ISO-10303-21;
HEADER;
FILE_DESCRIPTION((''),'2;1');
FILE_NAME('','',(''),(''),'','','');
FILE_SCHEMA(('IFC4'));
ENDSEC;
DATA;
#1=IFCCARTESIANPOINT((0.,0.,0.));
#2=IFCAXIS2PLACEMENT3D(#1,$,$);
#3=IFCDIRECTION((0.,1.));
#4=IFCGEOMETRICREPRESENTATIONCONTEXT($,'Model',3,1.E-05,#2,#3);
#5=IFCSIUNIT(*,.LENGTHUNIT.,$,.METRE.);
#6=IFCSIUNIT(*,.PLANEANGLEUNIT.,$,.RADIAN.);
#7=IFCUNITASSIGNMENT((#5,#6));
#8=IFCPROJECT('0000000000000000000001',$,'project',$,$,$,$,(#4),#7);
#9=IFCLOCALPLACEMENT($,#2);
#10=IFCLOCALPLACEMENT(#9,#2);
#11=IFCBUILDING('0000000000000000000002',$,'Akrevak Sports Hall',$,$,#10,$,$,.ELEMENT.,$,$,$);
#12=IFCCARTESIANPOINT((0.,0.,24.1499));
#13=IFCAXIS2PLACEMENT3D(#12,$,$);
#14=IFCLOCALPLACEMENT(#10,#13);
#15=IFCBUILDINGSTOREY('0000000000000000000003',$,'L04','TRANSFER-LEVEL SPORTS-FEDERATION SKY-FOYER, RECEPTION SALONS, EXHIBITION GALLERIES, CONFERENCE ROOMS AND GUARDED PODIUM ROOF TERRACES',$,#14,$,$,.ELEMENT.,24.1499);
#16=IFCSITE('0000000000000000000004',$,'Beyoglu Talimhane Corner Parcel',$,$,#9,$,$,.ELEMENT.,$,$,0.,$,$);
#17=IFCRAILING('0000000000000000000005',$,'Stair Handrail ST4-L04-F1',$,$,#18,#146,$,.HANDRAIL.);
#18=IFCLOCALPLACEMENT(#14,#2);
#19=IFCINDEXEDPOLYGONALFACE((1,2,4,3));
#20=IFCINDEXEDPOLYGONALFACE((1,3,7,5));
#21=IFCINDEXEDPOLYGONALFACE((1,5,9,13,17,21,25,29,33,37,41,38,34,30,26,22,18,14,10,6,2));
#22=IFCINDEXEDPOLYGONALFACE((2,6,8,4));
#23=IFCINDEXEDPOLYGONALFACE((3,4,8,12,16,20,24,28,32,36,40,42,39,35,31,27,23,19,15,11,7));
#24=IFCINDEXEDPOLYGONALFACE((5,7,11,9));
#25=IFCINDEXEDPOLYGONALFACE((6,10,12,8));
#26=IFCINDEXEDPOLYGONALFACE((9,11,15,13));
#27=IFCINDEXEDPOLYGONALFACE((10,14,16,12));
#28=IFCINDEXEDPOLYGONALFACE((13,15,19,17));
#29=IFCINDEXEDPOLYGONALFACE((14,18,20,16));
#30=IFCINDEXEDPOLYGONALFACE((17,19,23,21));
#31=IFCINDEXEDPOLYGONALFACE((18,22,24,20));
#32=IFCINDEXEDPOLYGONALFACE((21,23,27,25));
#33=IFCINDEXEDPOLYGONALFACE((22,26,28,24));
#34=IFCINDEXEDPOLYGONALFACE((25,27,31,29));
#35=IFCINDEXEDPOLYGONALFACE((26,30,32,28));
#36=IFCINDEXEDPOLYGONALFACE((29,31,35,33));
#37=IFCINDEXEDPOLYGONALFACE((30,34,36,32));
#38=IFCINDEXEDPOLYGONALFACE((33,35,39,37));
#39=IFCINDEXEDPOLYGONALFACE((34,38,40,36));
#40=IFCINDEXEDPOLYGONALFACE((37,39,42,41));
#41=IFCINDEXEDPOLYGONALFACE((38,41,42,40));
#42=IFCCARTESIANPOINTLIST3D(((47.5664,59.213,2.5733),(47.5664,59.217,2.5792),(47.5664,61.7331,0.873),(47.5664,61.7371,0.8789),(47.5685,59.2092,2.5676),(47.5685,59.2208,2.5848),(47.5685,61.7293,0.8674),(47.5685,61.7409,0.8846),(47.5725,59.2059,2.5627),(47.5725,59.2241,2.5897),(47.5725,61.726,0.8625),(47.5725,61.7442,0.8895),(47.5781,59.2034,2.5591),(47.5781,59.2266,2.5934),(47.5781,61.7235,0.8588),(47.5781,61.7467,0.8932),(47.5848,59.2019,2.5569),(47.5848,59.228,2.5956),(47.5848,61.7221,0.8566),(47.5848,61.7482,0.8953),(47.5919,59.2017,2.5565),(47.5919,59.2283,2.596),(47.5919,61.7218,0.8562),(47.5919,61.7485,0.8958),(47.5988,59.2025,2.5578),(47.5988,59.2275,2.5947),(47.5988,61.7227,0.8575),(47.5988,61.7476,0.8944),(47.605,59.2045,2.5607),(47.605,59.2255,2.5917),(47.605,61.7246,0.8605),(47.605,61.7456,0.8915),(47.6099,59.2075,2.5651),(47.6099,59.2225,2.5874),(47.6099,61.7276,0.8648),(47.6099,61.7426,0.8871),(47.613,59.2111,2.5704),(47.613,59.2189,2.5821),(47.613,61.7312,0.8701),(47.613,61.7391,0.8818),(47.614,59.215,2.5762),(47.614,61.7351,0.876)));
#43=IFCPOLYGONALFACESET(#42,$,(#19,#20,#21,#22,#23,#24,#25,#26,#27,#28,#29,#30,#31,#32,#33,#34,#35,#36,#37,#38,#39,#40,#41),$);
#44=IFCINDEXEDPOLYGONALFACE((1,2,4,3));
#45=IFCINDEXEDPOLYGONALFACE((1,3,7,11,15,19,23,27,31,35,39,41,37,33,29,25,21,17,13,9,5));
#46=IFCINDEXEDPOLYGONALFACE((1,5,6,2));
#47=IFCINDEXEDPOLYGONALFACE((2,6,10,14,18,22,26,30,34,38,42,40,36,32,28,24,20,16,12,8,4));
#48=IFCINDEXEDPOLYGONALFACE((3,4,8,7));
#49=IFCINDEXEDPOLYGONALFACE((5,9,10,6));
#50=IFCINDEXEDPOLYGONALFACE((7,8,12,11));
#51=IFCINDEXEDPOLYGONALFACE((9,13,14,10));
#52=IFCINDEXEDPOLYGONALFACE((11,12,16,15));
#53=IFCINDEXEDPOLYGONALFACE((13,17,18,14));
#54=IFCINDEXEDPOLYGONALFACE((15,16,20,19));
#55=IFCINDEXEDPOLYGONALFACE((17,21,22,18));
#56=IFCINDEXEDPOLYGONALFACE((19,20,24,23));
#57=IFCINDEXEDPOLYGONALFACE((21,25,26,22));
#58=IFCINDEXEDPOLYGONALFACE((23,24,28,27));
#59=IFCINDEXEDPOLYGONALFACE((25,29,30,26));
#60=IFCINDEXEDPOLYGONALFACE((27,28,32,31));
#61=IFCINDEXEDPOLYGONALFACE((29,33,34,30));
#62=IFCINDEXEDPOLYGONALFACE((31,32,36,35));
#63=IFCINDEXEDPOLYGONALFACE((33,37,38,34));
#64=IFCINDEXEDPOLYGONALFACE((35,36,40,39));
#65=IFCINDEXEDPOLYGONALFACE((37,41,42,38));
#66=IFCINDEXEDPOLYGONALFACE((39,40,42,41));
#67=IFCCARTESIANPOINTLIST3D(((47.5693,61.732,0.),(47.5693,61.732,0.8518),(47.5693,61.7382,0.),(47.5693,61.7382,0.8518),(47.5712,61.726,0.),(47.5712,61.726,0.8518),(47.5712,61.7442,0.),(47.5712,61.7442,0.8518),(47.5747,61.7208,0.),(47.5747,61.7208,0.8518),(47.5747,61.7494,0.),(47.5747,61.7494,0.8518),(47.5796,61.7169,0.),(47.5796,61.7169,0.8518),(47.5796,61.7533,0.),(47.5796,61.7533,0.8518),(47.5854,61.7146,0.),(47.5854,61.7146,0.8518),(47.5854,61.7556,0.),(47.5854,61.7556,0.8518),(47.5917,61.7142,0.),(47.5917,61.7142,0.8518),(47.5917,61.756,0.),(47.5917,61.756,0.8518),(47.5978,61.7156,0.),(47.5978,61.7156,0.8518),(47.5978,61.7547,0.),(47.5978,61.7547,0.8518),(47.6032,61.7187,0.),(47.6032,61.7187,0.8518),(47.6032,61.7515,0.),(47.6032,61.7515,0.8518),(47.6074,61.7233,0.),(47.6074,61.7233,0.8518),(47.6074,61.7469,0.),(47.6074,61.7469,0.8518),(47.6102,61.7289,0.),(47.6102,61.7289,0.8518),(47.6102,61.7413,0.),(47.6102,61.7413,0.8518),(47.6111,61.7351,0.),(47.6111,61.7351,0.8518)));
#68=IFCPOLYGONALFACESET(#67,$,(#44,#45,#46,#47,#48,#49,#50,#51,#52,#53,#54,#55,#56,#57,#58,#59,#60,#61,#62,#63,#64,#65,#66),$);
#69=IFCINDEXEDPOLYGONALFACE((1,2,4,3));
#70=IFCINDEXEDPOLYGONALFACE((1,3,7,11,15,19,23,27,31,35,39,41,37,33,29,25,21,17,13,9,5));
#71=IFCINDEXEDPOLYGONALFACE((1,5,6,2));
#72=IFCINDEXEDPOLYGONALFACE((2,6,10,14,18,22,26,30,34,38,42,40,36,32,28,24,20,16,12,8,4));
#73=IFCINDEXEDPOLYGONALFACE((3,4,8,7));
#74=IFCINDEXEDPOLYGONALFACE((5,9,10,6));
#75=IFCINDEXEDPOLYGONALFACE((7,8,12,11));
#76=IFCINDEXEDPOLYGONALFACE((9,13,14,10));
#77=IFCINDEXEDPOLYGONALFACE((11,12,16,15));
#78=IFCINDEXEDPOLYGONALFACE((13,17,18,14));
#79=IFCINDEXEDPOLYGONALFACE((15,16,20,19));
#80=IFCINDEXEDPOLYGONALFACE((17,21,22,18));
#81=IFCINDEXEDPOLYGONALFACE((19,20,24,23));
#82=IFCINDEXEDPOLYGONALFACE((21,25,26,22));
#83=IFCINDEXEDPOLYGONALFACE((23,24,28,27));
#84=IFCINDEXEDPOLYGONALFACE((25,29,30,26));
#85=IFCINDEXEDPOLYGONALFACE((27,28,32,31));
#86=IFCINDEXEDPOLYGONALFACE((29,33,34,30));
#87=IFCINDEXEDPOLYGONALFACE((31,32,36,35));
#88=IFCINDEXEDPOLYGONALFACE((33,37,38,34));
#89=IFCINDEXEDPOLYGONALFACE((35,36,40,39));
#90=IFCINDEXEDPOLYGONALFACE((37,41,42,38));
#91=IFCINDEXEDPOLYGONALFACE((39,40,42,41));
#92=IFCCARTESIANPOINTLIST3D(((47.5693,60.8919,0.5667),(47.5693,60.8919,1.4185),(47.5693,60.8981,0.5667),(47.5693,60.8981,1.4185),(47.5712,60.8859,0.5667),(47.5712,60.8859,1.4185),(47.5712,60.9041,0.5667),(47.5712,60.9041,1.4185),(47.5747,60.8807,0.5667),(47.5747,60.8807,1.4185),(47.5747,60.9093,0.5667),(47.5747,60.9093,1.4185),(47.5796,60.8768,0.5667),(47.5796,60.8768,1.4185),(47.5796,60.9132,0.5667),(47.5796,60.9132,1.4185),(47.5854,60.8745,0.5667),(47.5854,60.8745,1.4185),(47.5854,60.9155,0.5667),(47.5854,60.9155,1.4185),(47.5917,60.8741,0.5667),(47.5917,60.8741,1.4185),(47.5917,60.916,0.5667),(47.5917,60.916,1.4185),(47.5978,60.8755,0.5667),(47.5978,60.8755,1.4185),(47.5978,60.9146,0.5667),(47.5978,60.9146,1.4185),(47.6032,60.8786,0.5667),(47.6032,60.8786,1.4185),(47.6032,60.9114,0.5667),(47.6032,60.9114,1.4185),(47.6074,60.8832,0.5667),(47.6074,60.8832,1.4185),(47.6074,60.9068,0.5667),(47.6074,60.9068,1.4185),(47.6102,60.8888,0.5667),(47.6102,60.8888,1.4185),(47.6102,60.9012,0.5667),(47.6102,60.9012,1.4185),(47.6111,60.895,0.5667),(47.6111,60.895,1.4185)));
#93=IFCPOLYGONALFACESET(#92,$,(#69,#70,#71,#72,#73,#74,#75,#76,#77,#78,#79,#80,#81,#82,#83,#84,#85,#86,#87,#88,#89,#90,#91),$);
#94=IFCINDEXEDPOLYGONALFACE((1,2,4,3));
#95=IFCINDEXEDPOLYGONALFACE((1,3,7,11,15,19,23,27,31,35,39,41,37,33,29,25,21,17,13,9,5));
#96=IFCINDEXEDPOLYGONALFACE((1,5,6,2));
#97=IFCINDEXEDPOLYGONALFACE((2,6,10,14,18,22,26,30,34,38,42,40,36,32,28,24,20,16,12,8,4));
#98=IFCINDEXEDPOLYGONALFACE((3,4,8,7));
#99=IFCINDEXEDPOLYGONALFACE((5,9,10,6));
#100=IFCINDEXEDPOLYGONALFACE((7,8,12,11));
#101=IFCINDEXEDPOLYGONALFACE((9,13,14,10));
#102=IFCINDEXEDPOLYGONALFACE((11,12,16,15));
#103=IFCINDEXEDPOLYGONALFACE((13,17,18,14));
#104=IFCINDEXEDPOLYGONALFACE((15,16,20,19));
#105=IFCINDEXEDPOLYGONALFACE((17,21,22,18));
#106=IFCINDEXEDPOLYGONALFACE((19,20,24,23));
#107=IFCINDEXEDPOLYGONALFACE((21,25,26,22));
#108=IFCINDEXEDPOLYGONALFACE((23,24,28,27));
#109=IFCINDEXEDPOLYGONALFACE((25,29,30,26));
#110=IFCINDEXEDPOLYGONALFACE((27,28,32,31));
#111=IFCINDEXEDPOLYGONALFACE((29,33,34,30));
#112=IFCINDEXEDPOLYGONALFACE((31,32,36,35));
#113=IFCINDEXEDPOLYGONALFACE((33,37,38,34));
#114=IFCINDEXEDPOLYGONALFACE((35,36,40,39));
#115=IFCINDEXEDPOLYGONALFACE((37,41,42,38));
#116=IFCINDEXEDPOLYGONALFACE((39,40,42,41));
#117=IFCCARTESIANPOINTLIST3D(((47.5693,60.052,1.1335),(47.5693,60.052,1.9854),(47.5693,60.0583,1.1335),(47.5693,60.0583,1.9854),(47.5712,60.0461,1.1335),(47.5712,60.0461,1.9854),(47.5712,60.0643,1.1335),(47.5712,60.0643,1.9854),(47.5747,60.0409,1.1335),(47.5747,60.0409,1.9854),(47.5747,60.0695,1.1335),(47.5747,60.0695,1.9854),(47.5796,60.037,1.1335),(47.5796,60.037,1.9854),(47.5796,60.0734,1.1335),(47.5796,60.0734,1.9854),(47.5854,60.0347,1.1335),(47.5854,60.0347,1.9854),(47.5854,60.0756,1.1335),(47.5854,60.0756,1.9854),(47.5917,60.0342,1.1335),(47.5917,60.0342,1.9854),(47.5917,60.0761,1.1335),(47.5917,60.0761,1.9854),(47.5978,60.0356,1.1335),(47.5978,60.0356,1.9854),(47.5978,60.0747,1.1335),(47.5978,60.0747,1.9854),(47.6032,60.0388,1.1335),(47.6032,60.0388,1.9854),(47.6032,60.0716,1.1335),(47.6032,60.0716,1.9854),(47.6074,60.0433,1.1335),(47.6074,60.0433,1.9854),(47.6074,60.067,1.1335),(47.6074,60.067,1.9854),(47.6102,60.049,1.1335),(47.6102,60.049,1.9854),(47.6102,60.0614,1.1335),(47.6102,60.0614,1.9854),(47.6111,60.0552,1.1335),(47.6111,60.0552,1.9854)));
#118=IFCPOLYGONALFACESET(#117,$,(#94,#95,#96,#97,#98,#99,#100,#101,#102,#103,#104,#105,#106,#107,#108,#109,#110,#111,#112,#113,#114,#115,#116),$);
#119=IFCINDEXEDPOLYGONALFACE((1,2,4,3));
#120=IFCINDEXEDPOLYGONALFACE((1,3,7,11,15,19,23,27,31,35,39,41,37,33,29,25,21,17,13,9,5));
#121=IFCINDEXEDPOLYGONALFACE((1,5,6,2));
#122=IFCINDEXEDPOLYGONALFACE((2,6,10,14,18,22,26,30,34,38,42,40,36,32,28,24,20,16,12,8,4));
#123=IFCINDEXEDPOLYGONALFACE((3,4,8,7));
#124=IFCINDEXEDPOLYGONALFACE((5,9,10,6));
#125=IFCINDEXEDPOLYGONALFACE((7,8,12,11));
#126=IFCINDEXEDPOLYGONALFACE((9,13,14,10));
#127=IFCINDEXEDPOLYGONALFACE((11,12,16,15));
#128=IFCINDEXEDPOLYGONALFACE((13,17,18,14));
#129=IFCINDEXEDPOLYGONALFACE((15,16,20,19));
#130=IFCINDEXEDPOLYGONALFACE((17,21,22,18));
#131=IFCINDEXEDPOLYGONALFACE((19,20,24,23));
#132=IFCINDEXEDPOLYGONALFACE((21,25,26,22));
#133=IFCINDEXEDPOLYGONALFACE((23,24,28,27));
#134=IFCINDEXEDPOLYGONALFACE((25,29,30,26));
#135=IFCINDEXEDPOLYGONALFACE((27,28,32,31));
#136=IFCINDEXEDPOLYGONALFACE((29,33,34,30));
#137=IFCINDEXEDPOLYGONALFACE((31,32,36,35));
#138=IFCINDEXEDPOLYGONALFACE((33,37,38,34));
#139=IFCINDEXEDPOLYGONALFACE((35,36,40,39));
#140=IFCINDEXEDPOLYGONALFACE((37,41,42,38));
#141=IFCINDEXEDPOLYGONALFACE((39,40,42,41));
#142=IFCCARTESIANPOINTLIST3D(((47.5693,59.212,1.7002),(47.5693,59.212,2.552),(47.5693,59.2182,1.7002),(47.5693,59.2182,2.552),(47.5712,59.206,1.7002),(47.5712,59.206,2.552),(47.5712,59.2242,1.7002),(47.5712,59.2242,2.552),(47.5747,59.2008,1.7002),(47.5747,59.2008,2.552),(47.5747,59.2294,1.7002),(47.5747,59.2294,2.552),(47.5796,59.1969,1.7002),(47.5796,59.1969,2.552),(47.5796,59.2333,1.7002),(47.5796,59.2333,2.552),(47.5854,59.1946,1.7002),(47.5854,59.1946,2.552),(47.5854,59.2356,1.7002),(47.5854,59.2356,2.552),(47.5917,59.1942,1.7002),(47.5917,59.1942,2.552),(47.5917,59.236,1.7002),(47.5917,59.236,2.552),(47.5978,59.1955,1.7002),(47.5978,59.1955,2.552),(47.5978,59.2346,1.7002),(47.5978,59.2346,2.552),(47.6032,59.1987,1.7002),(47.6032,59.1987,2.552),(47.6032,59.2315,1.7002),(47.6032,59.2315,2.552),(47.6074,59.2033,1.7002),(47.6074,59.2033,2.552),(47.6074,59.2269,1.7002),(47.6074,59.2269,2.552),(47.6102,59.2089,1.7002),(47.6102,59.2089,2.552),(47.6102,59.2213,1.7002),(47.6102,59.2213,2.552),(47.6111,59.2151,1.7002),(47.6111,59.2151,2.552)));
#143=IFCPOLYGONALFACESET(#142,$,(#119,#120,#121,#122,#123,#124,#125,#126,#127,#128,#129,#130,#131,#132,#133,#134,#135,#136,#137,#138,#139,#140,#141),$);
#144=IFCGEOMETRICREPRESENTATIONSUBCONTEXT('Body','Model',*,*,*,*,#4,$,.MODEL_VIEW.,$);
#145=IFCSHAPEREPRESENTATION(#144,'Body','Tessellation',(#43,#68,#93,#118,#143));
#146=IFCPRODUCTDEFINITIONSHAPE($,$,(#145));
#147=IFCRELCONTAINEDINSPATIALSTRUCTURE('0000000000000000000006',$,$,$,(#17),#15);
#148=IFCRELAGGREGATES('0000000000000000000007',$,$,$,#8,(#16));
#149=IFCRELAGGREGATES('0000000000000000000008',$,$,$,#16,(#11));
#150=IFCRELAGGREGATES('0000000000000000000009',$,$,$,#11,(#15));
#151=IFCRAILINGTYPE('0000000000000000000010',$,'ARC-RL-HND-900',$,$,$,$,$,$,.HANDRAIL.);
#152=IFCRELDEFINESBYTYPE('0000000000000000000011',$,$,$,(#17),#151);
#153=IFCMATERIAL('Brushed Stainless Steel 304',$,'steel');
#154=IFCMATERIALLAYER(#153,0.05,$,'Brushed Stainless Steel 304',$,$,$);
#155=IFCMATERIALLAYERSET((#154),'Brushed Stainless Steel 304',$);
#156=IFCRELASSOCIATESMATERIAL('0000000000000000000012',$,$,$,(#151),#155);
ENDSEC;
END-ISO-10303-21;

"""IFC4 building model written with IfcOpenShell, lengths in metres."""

from ifc_helpers import new_model, si_unit, direction, frame, origin, origin_2d, place, context, subcontext, project, spatial, circle, extrude, material, layer, layer_set, type_object, element, save


model = new_model("IFC4")

# Units and contexts
model_context = context("Model", 3, precision=1e-05, world=origin(), true_north=direction((0.0, 1.0)))
body_context = subcontext(model_context, "Body", "Model", "MODEL_VIEW")
ifc_project = project(units=[si_unit("LENGTHUNIT", "METRE"), si_unit("PLANEANGLEUNIT", "RADIAN")], contexts=[model_context])

# Site, building, storey
site_placement = place(None, origin())
site = spatial("IfcSite", under=ifc_project, at=site_placement, Name="Beyoglu Talimhane Corner Parcel", CompositionType="ELEMENT", RefElevation=0.0)
building_placement = place(site_placement, origin())
building = spatial("IfcBuilding", under=site, at=building_placement, Name="Akrevak Sports Hall", CompositionType="ELEMENT")
storey_placement = place(building_placement, frame((0.0, 0.0, 24.1499)))
storey = spatial("IfcBuildingStorey", under=building, at=storey_placement, Name="L04", Description="TRANSFER-LEVEL SPORTS-FEDERATION SKY-FOYER, RECEPTION SALONS, EXHIBITION GALLERIES, CONFERENCE ROOMS AND GUARDED PODIUM ROOF TERRACES", CompositionType="ELEMENT", Elevation=24.1499)

# Railing
ifc_material_1 = material(Name="Brushed Stainless Steel 304", Category="steel")
ifc_layer_1 = layer(ifc_material_1, 0.05, Name="Brushed Stainless Steel 304")
ifc_layer_set_1 = layer_set([ifc_layer_1], Name="Brushed Stainless Steel 304")
railing_type_1 = type_object("IfcRailingType", Name="ARC-RL-HND-900", PredefinedType="HANDRAIL", material=ifc_layer_set_1)
railing_1_placement = place(storey_placement, frame((47.5901, 61.7351, 0.0)))
element("IfcRailing", 1, at=railing_1_placement, inside=storey, type_object=railing_type_1, Name="Stair Handrail ST4-L04-F1", PredefinedType="HANDRAIL", context=body_context, shape_type="SweptSolid", body=[
    extrude(circle(Radius=0.0239, at=origin_2d()), frame((0.0, 0.0, 0.876), z_axis=(0.0, -0.828973, 0.559288), x_axis=(1.0, 0.0, 0.0)), (0.0, 0.0, 1.0), 3.04),
    extrude(circle(Radius=0.021, at=origin_2d()), origin(), (0.0, 0.0, 1.0), 0.8518),
    extrude(circle(Radius=0.021, at=origin_2d()), frame((0.0, -0.8401, 0.5667)), (0.0, 0.0, 1.0), 0.8518),
    extrude(circle(Radius=0.021, at=origin_2d()), frame((0.0, -1.6799, 1.1335)), (0.0, 0.0, 1.0), 0.8518),
    extrude(circle(Radius=0.021, at=origin_2d()), frame((0.0, -2.52, 1.7002)), (0.0, 0.0, 1.0), 0.8518),
])

save(model, "model.ifc")
